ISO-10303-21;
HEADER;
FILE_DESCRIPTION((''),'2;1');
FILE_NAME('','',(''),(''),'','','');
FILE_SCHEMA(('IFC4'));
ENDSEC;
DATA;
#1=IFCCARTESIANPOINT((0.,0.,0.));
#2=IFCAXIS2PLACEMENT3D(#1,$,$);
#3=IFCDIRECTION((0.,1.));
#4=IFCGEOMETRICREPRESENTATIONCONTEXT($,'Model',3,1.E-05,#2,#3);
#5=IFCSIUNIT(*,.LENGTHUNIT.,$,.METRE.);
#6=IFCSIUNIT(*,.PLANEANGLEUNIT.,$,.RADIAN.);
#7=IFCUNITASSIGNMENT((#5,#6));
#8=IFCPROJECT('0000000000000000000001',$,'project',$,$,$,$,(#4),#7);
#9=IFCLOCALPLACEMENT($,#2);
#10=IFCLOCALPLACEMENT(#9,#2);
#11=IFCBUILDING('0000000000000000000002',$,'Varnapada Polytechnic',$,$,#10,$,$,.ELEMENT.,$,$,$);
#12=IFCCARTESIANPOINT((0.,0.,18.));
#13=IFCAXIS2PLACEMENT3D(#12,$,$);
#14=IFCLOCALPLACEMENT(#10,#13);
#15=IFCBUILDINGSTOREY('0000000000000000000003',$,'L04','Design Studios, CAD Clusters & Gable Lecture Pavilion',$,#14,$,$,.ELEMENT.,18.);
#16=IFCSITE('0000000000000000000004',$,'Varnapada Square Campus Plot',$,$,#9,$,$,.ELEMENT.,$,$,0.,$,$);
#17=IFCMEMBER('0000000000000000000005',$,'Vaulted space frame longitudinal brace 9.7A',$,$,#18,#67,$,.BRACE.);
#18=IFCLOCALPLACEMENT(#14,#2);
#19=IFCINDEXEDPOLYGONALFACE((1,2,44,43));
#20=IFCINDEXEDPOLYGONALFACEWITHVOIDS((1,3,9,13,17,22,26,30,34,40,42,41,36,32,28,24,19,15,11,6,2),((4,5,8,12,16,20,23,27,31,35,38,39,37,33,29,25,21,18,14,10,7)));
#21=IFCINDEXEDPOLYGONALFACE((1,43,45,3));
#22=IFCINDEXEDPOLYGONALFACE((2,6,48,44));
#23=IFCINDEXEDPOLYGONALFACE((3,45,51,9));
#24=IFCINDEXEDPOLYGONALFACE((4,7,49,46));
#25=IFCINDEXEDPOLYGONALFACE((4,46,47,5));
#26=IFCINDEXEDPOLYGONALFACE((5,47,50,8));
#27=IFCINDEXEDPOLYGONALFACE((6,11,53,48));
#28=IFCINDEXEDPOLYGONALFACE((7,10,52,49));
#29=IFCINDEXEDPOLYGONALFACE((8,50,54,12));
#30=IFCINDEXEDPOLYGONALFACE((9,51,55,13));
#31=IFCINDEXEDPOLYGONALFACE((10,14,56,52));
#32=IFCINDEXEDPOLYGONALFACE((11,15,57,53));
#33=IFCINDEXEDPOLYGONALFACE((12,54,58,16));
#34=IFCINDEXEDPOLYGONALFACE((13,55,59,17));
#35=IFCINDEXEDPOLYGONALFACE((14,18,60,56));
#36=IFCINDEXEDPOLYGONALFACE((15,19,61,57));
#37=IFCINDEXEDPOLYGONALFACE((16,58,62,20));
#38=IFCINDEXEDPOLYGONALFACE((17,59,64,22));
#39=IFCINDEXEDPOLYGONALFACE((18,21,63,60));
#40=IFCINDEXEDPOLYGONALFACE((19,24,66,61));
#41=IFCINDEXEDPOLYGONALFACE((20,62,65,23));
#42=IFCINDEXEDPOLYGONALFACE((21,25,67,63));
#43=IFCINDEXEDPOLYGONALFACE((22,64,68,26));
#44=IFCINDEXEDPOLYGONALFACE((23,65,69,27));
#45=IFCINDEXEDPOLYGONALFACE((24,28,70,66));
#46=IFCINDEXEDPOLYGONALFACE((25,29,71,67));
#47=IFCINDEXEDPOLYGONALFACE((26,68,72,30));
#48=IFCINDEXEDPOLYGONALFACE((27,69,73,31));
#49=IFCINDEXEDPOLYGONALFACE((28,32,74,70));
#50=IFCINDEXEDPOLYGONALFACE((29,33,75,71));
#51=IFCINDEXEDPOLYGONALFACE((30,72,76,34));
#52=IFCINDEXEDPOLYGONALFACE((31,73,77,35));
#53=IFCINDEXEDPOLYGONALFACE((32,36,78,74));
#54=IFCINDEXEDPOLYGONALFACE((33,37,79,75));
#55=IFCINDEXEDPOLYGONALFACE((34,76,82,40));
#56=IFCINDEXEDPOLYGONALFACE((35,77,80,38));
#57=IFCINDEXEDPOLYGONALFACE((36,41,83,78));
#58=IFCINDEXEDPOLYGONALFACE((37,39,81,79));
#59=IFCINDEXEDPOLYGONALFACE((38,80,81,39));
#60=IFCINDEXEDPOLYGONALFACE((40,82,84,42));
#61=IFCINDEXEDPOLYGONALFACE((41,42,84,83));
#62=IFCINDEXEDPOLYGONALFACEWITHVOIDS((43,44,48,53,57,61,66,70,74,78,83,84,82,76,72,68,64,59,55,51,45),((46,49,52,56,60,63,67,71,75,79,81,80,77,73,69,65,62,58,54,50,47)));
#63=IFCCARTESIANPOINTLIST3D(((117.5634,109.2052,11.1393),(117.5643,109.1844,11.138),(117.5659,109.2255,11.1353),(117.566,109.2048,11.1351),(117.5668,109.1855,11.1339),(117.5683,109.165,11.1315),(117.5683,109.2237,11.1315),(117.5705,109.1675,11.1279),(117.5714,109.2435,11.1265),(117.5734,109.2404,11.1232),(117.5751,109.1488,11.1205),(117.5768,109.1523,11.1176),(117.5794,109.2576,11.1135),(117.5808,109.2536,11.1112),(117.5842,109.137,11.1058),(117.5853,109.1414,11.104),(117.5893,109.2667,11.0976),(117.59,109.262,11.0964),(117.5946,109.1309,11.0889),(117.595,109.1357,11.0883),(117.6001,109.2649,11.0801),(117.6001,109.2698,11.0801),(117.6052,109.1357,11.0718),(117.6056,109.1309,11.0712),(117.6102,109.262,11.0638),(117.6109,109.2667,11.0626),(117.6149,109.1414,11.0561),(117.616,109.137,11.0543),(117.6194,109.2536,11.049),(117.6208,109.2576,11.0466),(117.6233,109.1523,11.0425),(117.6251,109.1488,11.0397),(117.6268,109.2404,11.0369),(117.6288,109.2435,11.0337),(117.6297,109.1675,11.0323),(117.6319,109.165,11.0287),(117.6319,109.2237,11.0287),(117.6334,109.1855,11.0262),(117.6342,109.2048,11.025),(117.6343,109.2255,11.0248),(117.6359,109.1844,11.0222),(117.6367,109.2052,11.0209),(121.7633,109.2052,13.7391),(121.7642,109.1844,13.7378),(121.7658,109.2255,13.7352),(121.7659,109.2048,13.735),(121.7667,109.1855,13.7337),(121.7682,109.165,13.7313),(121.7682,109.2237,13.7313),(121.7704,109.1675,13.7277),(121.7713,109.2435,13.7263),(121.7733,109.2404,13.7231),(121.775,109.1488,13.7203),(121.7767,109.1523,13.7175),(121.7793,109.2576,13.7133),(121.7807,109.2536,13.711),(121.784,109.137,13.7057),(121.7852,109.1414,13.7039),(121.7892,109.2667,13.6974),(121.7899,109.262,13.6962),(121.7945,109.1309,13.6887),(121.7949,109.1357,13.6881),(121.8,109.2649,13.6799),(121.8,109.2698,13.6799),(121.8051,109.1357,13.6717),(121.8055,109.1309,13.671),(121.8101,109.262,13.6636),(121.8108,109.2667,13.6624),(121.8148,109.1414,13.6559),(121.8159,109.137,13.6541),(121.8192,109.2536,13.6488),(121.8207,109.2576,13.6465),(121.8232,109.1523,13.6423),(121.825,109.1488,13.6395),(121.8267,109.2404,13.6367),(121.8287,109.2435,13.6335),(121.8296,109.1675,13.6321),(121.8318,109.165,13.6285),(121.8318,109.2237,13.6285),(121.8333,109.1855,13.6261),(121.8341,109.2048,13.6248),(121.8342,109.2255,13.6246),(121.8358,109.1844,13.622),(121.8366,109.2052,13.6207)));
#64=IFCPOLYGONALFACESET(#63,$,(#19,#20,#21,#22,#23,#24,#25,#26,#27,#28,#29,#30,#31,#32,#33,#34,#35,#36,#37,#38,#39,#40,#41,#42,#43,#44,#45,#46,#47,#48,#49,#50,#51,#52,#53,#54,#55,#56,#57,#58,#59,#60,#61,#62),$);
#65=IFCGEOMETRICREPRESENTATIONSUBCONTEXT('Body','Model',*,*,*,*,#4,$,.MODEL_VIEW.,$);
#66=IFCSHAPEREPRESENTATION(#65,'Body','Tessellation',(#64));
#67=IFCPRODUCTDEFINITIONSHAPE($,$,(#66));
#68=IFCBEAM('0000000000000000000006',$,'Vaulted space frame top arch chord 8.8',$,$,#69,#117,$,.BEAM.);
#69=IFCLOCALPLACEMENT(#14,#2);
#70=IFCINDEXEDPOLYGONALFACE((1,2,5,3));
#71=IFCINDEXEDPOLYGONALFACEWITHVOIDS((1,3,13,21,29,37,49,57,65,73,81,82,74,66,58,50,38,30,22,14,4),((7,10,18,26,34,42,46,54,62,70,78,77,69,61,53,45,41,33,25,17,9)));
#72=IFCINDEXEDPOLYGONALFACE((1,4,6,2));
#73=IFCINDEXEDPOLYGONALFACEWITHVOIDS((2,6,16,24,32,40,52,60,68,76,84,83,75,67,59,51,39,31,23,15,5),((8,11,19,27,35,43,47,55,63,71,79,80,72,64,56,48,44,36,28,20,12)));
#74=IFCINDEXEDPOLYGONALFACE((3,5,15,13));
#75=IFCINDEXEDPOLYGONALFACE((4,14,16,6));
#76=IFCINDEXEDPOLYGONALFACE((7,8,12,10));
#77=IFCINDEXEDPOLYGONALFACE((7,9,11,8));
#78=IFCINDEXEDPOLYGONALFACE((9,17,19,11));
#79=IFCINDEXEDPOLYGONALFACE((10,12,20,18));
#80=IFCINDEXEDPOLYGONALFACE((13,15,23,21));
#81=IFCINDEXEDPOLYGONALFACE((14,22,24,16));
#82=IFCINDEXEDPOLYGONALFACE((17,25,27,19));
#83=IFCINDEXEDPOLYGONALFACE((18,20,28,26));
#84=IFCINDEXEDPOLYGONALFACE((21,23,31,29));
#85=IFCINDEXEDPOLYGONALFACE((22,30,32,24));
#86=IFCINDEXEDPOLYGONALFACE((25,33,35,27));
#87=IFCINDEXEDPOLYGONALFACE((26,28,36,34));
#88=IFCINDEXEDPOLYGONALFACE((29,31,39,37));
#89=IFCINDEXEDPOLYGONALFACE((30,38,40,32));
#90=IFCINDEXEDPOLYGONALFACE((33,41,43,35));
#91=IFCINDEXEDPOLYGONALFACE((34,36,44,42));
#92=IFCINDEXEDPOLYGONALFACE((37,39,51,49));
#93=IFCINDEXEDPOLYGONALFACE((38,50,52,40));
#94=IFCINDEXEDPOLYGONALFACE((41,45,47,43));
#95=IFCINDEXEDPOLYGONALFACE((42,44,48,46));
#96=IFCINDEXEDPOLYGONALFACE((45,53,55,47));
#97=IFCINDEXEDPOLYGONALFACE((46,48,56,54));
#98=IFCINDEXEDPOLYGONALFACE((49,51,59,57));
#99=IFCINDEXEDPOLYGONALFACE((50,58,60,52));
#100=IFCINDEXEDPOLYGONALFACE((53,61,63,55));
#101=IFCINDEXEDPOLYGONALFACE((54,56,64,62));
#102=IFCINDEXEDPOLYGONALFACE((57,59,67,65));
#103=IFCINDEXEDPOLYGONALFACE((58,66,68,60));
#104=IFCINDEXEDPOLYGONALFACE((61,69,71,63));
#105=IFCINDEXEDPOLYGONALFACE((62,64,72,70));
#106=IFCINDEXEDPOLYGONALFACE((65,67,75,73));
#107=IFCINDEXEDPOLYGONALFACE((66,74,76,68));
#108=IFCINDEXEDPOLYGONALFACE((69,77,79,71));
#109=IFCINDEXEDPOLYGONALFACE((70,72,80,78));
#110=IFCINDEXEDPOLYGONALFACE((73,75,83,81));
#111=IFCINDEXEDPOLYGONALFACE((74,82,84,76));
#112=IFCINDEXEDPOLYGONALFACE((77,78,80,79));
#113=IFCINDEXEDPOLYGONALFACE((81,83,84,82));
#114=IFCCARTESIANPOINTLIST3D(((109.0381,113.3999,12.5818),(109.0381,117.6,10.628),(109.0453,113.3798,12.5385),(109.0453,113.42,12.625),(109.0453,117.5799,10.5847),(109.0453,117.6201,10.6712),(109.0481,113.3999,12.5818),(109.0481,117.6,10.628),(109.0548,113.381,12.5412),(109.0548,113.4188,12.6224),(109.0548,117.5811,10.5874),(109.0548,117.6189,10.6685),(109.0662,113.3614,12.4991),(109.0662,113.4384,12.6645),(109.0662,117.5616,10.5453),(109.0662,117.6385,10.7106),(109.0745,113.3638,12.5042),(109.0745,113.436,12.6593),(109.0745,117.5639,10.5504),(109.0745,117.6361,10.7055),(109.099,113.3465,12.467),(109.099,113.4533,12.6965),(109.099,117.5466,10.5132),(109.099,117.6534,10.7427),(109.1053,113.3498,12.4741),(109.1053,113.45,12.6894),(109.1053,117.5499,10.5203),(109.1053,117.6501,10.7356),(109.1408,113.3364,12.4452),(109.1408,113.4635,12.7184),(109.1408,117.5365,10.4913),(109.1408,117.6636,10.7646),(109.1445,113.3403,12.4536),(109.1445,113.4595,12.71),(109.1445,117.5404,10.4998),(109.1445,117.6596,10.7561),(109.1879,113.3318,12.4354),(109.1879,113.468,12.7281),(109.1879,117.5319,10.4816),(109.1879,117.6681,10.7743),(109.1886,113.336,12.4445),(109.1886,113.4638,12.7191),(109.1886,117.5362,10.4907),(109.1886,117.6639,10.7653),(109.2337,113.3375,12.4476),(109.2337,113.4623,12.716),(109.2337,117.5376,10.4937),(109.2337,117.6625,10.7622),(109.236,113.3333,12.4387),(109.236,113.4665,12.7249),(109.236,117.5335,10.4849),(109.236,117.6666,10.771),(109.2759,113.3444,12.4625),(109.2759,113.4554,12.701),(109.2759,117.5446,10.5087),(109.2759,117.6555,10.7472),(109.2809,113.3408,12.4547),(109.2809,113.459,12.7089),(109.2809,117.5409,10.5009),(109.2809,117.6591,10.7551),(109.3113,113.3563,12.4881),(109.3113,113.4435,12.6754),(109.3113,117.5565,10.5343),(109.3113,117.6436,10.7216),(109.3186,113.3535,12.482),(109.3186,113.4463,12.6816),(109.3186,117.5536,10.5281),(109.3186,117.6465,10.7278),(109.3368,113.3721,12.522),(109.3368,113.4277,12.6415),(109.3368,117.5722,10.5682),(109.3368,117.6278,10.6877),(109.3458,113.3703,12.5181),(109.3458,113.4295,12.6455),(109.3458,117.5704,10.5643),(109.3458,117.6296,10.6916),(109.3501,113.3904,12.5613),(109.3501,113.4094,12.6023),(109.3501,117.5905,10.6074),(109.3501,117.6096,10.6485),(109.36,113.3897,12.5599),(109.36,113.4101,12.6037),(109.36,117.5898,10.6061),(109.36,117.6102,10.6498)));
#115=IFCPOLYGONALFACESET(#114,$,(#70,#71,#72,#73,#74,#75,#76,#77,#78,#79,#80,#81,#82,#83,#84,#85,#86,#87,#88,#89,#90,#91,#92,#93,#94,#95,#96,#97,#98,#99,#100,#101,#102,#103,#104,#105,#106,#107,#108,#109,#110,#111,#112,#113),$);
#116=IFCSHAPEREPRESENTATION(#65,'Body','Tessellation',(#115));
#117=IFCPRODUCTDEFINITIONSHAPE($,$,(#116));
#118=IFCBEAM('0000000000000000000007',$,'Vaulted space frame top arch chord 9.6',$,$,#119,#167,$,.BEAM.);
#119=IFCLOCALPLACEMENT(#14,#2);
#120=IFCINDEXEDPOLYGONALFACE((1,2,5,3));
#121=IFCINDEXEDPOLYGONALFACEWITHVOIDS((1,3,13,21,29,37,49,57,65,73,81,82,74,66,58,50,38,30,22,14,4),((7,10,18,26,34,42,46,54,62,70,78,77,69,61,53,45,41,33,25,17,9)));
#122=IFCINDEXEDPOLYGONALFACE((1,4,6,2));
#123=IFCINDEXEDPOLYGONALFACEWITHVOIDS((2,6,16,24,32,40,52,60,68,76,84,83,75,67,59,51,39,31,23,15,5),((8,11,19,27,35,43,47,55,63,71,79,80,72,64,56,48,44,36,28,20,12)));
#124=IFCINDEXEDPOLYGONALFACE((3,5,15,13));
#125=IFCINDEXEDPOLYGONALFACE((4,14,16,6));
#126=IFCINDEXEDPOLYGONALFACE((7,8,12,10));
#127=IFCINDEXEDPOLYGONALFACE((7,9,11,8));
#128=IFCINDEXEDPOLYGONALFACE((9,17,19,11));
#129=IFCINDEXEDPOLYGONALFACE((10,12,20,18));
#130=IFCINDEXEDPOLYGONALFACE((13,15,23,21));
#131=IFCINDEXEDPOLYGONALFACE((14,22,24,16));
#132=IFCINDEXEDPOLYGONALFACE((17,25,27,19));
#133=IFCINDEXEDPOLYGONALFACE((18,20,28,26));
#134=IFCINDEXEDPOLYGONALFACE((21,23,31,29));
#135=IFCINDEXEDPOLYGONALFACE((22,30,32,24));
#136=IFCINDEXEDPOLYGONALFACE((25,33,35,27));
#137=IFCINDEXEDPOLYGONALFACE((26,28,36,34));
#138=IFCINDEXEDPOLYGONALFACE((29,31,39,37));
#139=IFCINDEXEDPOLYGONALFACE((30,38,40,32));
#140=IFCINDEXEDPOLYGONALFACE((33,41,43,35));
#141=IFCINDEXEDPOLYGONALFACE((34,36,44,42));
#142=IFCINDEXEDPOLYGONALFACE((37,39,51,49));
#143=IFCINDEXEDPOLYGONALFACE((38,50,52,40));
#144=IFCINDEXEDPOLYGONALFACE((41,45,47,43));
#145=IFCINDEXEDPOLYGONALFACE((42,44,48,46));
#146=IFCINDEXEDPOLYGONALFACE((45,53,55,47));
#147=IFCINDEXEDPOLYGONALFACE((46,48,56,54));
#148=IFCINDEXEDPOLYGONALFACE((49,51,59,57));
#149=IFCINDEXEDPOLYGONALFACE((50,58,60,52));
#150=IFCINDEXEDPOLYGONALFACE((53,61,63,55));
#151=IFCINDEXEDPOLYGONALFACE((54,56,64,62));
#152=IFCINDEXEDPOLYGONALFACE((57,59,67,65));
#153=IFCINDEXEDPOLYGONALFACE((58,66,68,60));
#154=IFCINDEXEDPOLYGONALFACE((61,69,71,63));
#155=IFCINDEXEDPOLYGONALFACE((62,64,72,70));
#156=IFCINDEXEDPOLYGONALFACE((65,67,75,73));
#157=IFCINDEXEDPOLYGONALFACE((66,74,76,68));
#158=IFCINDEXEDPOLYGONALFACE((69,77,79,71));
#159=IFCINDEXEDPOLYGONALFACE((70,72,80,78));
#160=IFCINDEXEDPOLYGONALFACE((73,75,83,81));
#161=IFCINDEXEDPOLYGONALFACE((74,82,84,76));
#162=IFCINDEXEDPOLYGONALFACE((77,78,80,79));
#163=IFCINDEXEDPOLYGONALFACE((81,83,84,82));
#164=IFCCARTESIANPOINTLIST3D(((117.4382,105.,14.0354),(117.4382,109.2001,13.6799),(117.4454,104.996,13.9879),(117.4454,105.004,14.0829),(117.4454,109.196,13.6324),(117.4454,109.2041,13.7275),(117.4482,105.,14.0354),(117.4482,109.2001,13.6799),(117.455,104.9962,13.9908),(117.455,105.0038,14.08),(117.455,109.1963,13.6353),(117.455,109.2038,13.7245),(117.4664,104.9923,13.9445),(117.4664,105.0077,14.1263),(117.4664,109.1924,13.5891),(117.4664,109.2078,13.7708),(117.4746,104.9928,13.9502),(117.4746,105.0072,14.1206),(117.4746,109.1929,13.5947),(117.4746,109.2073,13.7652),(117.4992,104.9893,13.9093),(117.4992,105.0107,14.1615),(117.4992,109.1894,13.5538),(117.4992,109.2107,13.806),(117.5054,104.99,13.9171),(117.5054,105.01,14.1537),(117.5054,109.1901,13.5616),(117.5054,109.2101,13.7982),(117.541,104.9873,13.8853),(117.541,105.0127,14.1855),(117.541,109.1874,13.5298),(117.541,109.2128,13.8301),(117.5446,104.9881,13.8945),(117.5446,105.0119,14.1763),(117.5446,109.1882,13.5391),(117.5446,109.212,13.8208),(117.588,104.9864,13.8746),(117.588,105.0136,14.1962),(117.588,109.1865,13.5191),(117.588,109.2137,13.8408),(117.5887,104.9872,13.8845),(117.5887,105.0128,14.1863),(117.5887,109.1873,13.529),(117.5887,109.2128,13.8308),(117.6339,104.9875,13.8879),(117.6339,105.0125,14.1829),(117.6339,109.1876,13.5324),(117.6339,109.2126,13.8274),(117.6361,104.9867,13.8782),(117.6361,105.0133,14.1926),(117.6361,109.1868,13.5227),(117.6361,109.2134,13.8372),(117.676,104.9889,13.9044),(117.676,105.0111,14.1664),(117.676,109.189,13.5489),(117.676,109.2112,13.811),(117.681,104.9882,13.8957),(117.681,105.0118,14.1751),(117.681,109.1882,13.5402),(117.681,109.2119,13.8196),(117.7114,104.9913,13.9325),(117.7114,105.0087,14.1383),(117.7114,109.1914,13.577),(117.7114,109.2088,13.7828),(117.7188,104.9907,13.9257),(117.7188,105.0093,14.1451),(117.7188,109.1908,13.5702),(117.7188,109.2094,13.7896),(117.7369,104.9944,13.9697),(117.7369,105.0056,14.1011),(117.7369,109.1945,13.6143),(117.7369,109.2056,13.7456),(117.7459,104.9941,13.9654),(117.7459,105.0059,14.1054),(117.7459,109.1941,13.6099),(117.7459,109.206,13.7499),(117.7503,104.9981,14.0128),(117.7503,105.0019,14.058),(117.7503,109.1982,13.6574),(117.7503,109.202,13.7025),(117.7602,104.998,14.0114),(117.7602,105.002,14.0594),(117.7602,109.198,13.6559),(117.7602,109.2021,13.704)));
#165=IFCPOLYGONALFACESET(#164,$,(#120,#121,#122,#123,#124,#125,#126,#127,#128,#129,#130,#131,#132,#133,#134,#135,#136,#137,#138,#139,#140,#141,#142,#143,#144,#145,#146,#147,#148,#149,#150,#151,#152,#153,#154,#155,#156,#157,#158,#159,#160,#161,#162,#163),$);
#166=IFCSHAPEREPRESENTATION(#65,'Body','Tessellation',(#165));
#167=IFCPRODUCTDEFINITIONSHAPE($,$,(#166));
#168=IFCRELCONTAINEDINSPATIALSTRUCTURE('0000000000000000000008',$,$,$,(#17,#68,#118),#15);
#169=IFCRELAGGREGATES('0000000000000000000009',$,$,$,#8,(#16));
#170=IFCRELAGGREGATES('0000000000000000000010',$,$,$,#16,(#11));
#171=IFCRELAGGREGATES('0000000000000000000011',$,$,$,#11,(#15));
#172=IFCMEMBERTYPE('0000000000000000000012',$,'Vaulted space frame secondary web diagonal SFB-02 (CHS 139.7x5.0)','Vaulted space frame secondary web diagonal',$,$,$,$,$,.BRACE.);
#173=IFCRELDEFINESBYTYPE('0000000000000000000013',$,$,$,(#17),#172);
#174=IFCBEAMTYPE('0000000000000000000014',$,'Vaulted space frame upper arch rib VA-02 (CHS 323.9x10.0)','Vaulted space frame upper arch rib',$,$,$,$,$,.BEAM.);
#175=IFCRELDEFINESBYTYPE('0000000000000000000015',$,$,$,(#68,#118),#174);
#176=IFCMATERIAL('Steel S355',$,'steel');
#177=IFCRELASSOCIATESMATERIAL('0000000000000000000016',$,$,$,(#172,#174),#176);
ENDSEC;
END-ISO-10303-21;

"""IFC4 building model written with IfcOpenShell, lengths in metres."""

from ifc_helpers import new_model, si_unit, direction, frame, origin, origin_2d, place, context, subcontext, project, spatial, hollow_circle, extrude, material, material_profile, profile_set, type_object, element, save


model = new_model("IFC4")

# Units and contexts
model_context = context("Model", 3, precision=1e-05, world=origin(), true_north=direction((0.0, 1.0)))
body_context = subcontext(model_context, "Body", "Model", "MODEL_VIEW")
ifc_project = project(units=[si_unit("LENGTHUNIT", "METRE"), si_unit("PLANEANGLEUNIT", "RADIAN")], contexts=[model_context])

# Site, building, storey
site_placement = place(None, origin())
site = spatial("IfcSite", under=ifc_project, at=site_placement, Name="Varnapada Square Campus Plot", CompositionType="ELEMENT", RefElevation=0.0)
building_placement = place(site_placement, origin())
building = spatial("IfcBuilding", under=site, at=building_placement, Name="Varnapada Polytechnic", CompositionType="ELEMENT")
storey_placement = place(building_placement, frame((0.0, 0.0, 18.0)))
storey = spatial("IfcBuildingStorey", under=building, at=storey_placement, Name="L04", Description="Design Studios, CAD Clusters & Gable Lecture Pavilion", CompositionType="ELEMENT", Elevation=18.0)

# Shared definitions
ifc_material = material(Name="Steel S355", Category="steel")

# Member
ifc_material_profile_1 = material_profile(ifc_material, hollow_circle(Radius=0.0698, WallThickness=0.0049, at=origin_2d()), Name="CHS 139.7x5.0")
ifc_profile_set_1 = profile_set([ifc_material_profile_1], Name="Steel S355")
member_type_1 = type_object("IfcMemberType", Name="Vaulted space frame secondary web diagonal SFB-02 (CHS 139.7x5.0)", Description="Vaulted space frame secondary web diagonal", PredefinedType="BRACE", material=ifc_profile_set_1)
member_1_placement = place(storey_placement, frame((117.6001, 109.2, 11.0801), z_axis=(0.850276, 0.0, 0.526338), x_axis=(0.0, 1.0, 0.0)))
element("IfcMember", 1, at=member_1_placement, inside=storey, type_object=member_type_1, Name="Vaulted space frame longitudinal brace 9.7A", PredefinedType="BRACE", context=body_context, shape_type="SweptSolid", body=[
    extrude(hollow_circle(Radius=0.0698, WallThickness=0.0049, at=origin_2d()), origin(), (0.0, 0.0, 1.0), 4.9395),
])

# Beams
ifc_material_profile_2 = material_profile(ifc_material, hollow_circle(Radius=0.1619, WallThickness=0.01, at=origin_2d()), Name="CHS 323.9x10.0")
ifc_profile_set_2 = profile_set([ifc_material_profile_2], Name="Steel S355")
beam_type_1 = type_object("IfcBeamType", Name="Vaulted space frame upper arch rib VA-02 (CHS 323.9x10.0)", Description="Vaulted space frame upper arch rib", PredefinedType="BEAM", material=ifc_profile_set_2)
beam_1_placement = place(storey_placement, frame((109.2, 113.3999, 12.5818), z_axis=(0.0, 0.906698, -0.42178), x_axis=(-1.0, 0.0, 0.0)))
element("IfcBeam", 2, at=beam_1_placement, inside=storey, type_object=beam_type_1, Name="Vaulted space frame top arch chord 8.8", PredefinedType="BEAM", context=body_context, shape_type="SweptSolid", body=[
    extrude(hollow_circle(Radius=0.1619, WallThickness=0.01, at=origin_2d()), origin(), (0.0, 0.0, 1.0), 4.6323),
])
beam_2_placement = place(storey_placement, frame((117.6001, 105.0, 14.0354), z_axis=(0.0, 0.996437, -0.084335), x_axis=(-1.0, 0.0, 0.0)))
element("IfcBeam", 3, at=beam_2_placement, inside=storey, type_object=beam_type_1, Name="Vaulted space frame top arch chord 9.6", PredefinedType="BEAM", context=body_context, shape_type="SweptSolid", body=[
    extrude(hollow_circle(Radius=0.1619, WallThickness=0.01, at=origin_2d()), origin(), (0.0, 0.0, 1.0), 4.2151),
])

save(model, "model.ifc")
